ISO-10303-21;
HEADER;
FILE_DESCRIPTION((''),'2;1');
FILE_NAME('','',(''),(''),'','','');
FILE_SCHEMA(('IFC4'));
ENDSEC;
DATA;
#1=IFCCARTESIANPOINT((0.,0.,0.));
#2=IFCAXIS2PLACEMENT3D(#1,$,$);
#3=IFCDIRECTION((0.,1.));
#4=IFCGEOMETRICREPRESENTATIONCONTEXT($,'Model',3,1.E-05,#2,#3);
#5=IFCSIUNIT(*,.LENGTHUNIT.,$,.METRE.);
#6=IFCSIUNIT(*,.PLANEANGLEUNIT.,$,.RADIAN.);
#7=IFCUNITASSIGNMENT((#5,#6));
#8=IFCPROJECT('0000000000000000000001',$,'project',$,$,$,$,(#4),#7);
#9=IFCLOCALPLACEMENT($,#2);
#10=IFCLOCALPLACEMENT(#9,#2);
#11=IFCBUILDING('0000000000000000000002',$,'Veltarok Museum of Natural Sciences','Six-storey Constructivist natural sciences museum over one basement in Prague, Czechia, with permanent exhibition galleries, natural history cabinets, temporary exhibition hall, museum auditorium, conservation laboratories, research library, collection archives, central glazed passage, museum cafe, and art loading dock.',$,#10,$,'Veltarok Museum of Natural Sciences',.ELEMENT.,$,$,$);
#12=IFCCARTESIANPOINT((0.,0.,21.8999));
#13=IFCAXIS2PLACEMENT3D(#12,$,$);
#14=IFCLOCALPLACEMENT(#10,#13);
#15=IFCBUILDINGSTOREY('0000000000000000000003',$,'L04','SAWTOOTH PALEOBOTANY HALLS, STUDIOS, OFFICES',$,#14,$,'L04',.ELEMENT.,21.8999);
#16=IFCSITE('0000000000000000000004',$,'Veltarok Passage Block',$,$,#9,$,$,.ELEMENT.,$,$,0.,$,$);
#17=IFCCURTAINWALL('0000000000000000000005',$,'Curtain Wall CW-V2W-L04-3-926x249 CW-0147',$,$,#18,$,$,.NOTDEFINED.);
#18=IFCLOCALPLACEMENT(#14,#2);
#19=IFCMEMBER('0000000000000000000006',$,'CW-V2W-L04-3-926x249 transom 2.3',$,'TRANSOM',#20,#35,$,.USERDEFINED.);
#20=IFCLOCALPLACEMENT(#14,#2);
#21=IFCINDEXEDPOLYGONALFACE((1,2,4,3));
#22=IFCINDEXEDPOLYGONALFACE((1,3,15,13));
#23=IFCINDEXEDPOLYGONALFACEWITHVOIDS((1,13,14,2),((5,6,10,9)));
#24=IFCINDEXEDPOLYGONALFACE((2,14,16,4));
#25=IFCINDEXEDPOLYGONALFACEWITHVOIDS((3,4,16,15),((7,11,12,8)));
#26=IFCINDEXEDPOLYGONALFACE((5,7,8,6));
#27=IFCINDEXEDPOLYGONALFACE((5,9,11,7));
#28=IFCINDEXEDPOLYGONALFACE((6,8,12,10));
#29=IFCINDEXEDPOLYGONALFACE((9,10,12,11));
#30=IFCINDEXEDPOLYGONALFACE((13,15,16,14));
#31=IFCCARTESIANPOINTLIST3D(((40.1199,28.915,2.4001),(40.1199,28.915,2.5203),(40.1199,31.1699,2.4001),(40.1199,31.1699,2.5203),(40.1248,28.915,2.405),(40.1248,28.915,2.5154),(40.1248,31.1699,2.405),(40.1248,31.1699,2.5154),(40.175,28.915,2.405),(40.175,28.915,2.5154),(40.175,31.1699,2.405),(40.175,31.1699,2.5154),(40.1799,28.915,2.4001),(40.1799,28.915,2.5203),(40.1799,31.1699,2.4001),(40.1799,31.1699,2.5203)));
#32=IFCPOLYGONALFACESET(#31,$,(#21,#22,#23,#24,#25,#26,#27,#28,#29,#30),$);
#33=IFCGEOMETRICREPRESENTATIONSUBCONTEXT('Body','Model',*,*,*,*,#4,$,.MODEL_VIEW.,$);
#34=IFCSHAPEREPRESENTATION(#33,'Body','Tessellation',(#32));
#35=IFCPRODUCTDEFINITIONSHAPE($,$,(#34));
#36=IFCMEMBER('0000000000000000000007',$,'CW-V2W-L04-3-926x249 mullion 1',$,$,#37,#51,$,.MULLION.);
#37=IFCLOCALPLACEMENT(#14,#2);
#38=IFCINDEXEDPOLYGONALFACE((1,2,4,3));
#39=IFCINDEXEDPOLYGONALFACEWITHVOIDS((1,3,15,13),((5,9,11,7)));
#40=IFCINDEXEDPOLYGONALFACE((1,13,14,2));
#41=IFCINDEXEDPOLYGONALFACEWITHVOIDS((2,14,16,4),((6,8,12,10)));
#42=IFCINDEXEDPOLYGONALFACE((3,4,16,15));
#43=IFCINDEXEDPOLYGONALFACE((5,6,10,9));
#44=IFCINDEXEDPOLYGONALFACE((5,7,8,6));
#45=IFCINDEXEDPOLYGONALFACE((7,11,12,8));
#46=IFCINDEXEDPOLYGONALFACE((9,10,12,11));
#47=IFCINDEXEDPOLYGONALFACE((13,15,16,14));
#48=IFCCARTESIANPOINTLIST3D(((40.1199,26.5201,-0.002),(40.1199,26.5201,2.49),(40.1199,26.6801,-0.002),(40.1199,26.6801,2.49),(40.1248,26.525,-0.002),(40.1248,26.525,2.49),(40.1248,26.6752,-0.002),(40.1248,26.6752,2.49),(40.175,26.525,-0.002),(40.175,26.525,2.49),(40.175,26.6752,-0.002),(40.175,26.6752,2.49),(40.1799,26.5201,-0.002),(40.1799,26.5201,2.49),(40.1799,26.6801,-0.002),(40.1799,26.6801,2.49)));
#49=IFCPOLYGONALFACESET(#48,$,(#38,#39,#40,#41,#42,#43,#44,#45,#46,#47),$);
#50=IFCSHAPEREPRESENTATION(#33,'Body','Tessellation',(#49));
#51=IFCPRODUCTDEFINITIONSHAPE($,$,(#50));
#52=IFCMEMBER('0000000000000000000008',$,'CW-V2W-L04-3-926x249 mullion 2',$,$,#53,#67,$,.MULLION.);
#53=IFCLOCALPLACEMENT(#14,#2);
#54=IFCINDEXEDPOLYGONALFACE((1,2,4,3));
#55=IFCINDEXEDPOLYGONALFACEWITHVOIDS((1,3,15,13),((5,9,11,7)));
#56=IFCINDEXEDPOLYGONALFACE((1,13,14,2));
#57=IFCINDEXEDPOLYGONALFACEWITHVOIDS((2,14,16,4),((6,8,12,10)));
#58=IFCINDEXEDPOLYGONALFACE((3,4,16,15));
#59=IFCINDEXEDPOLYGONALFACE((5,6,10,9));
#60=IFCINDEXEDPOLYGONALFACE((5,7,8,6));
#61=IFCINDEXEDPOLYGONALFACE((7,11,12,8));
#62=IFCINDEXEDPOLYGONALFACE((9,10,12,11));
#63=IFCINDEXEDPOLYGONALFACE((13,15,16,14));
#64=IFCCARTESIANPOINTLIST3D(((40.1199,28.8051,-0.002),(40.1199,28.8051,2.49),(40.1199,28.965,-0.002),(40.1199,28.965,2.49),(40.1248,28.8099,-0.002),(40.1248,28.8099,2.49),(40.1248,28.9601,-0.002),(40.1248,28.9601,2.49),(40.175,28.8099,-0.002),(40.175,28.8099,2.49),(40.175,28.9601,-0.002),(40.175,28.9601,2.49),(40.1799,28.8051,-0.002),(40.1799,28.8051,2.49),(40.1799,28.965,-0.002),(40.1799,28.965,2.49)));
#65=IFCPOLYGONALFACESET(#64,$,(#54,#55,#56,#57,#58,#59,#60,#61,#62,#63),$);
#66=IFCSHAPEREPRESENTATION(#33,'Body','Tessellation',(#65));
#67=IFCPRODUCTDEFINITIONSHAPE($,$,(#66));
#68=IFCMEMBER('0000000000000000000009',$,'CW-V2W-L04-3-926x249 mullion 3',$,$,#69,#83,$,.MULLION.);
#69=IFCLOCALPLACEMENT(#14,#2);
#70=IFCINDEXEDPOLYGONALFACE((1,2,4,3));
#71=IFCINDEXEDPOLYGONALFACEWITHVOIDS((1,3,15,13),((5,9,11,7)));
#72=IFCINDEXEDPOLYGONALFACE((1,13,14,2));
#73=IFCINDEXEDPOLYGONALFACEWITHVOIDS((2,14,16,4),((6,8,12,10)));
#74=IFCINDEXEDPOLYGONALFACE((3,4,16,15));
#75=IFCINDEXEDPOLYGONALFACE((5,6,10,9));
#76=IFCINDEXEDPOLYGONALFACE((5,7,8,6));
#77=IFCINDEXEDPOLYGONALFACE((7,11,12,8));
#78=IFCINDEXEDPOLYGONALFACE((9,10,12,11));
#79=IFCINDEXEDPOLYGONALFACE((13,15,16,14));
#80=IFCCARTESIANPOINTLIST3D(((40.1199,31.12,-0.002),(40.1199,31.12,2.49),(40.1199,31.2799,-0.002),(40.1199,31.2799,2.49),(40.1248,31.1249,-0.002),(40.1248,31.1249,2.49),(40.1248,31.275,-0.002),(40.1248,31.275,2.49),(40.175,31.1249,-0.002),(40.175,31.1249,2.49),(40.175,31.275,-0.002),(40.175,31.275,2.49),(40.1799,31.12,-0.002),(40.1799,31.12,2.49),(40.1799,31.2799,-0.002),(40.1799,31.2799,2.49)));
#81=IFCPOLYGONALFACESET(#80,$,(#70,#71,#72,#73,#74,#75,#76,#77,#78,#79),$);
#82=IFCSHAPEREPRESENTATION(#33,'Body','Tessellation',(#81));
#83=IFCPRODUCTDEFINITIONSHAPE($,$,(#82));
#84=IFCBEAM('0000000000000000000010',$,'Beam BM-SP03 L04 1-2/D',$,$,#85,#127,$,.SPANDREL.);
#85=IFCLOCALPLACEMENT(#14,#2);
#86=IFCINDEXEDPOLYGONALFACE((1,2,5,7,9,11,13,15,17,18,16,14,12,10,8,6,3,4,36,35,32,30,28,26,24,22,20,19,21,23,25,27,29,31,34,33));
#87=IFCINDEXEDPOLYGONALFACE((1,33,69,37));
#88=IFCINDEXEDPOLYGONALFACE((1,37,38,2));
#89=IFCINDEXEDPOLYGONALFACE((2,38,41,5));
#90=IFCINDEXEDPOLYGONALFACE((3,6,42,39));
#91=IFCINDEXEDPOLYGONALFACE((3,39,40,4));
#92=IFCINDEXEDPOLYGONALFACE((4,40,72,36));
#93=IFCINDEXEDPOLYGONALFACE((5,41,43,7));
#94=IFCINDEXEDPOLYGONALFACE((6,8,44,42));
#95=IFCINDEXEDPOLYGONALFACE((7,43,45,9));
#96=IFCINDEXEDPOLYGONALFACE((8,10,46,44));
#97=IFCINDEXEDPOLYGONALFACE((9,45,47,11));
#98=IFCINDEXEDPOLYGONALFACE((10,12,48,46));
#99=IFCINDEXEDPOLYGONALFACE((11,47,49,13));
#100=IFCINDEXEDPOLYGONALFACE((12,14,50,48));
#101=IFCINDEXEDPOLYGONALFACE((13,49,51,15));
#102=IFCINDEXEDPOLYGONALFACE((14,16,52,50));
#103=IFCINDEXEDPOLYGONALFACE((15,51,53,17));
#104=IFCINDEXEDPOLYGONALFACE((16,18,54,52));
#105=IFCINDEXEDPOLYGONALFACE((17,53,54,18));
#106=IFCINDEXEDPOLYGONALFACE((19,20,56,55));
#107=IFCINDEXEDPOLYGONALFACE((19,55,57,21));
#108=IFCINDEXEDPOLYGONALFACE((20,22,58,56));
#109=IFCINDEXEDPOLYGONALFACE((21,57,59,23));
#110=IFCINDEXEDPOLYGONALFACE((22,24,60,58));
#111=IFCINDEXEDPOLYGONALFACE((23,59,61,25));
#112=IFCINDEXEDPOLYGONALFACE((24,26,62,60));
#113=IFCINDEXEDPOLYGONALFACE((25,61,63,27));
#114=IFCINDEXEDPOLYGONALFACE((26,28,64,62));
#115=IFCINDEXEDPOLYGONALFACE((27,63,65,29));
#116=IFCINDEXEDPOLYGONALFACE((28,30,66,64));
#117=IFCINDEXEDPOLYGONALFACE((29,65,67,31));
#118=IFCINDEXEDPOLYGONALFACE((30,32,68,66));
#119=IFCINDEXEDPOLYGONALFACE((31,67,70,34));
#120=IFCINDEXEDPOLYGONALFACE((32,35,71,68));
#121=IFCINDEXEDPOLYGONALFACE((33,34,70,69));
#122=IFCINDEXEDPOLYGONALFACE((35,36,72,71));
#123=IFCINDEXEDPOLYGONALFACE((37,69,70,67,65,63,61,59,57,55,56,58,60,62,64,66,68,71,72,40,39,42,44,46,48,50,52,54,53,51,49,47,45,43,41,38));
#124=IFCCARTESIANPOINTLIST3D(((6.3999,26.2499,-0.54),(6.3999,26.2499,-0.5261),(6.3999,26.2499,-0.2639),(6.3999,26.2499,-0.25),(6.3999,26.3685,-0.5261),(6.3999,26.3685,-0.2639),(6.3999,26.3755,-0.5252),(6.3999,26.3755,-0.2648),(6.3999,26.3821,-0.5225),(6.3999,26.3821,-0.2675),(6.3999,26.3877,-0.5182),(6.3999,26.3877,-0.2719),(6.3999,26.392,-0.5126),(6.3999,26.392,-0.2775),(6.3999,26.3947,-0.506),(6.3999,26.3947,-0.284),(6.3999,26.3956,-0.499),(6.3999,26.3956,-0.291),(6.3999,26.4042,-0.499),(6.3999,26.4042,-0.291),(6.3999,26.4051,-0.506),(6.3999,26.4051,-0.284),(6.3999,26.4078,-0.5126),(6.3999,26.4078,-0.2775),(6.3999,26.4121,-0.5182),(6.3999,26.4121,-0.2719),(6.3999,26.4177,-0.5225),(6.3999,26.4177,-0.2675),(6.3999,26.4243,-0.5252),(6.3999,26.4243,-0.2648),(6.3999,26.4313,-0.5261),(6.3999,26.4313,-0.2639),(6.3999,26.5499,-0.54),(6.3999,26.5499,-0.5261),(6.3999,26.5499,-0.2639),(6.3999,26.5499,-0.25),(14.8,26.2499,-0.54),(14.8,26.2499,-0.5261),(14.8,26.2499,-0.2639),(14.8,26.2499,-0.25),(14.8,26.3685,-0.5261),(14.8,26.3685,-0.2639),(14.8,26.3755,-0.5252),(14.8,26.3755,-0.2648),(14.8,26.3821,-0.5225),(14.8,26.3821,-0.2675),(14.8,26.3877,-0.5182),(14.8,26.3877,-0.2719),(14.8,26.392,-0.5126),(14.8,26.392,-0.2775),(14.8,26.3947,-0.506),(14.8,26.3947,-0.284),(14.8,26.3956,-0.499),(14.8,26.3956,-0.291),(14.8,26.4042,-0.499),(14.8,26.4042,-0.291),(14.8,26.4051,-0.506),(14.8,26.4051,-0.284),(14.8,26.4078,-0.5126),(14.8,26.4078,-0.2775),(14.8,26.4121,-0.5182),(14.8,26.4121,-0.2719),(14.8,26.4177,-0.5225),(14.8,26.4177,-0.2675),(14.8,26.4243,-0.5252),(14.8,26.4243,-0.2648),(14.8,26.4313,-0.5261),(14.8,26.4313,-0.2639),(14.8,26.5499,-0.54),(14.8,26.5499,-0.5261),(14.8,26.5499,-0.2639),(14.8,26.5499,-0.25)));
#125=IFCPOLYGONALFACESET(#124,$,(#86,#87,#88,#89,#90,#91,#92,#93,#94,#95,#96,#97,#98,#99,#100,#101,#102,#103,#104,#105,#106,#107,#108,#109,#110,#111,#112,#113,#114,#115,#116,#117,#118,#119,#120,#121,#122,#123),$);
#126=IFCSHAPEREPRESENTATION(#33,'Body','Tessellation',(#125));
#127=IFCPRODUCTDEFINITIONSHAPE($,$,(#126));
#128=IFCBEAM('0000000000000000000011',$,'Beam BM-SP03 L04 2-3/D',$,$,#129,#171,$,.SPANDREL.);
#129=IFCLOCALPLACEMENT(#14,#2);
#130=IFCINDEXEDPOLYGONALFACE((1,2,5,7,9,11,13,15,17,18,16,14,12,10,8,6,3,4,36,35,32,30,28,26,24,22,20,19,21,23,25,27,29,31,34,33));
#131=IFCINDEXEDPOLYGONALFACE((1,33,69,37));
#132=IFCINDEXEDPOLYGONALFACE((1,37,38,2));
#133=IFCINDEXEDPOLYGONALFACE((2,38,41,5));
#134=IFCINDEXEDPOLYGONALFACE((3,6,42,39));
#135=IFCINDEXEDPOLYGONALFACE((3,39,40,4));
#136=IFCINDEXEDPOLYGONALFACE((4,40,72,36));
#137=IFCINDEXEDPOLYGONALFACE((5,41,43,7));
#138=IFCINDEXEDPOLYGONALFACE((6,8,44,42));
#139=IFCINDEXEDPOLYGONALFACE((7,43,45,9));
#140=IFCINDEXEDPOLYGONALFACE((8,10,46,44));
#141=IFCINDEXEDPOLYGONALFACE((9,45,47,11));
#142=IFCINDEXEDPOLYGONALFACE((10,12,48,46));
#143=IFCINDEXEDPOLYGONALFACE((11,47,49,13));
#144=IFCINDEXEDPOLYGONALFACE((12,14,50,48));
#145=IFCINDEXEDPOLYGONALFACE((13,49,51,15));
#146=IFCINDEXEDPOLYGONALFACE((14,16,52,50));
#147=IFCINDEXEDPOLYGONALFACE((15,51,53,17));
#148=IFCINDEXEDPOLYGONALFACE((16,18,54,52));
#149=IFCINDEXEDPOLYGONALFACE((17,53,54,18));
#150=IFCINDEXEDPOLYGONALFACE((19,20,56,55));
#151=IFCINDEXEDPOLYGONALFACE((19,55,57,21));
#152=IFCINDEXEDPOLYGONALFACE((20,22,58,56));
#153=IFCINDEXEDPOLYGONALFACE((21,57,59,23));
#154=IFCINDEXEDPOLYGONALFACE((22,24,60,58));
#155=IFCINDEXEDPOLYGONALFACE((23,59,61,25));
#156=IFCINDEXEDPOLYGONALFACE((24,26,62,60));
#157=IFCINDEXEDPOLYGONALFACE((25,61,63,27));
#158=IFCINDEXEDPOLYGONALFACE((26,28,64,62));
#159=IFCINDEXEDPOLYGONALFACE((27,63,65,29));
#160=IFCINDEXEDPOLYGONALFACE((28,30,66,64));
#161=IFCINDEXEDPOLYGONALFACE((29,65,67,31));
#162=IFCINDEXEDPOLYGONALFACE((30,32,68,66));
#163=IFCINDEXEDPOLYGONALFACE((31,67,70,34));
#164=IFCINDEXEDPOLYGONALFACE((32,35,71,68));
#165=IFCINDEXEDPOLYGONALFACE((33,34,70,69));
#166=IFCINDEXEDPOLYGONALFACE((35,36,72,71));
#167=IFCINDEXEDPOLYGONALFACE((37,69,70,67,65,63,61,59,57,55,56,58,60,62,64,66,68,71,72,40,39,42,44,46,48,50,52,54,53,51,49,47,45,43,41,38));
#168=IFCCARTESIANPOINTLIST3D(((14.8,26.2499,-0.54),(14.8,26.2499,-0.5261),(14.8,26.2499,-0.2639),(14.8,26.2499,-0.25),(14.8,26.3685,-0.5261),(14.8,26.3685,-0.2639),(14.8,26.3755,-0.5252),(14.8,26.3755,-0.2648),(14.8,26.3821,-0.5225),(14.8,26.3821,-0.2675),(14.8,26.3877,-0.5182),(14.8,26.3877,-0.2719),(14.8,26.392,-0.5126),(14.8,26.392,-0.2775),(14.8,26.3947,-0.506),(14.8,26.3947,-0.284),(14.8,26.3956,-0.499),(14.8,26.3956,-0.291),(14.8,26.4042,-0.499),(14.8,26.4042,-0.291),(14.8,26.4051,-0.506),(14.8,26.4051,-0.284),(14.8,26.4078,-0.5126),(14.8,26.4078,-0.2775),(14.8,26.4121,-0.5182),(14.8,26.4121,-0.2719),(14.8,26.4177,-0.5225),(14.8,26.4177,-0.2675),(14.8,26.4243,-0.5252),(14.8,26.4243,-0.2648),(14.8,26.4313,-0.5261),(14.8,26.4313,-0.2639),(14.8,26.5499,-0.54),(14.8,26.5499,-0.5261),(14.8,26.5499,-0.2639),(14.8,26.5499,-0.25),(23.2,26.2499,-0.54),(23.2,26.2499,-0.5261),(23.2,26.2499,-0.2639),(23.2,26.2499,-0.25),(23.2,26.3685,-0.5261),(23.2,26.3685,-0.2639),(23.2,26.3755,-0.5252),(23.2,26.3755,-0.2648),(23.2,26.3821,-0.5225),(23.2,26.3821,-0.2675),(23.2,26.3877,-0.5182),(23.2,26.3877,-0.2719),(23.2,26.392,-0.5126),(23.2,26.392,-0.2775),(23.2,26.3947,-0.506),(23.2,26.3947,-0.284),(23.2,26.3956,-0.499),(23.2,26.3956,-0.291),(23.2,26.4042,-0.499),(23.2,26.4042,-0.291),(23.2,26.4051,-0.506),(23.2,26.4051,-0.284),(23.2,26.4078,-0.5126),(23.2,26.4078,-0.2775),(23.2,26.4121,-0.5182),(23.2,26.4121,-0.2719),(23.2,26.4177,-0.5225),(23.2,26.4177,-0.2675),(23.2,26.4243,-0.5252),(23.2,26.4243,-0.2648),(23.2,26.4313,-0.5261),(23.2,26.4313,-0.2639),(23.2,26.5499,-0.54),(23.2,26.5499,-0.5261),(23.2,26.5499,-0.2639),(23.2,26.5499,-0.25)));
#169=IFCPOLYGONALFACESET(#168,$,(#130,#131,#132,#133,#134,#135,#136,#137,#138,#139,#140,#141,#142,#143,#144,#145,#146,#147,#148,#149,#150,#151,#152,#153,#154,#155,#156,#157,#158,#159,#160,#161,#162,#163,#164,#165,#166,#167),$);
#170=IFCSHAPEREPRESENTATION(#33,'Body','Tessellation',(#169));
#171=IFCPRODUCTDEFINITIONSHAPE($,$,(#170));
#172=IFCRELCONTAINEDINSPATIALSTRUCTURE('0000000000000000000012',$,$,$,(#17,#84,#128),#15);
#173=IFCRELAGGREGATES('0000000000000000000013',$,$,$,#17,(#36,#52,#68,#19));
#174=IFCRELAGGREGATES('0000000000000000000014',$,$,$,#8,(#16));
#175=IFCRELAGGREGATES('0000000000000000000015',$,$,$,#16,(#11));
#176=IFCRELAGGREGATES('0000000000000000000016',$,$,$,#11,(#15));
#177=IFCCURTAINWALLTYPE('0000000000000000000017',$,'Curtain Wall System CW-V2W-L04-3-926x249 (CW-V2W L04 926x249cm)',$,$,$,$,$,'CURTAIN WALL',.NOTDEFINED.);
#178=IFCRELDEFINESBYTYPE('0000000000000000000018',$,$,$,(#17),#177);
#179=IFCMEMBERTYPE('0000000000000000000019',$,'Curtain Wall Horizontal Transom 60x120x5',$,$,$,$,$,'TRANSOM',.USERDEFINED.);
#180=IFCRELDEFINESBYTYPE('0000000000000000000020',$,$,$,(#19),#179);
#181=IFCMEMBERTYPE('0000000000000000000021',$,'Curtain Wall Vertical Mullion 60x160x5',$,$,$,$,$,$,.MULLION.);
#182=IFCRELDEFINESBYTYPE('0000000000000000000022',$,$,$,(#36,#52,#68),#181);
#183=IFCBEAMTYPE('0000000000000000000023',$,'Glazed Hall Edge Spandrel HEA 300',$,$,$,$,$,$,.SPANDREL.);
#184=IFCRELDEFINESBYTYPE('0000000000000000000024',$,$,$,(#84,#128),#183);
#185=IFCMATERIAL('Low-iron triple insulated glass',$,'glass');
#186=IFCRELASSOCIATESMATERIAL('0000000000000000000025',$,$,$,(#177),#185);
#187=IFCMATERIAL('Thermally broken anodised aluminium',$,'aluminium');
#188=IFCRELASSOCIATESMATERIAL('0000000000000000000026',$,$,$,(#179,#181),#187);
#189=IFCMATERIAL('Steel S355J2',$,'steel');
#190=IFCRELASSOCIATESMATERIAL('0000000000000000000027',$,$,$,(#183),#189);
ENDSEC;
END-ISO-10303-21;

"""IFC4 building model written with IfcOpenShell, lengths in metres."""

from ifc_helpers import new_model, si_unit, direction, frame, origin, origin_2d, place, context, subcontext, project, spatial, hollow_rectangle, i_section, extrude, material, material_profile, profile_set, type_object, element, aggregate, save


model = new_model("IFC4")

# Units and contexts
model_context = context("Model", 3, precision=1e-05, world=origin(), true_north=direction((0.0, 1.0)))
body_context = subcontext(model_context, "Body", "Model", "MODEL_VIEW")
ifc_project = project(units=[si_unit("LENGTHUNIT", "METRE"), si_unit("PLANEANGLEUNIT", "RADIAN")], contexts=[model_context])

# Site, building, storey
site_placement = place(None, origin())
site = spatial("IfcSite", under=ifc_project, at=site_placement, Name="Veltarok Passage Block", CompositionType="ELEMENT", RefElevation=0.0)
building_placement = place(site_placement, origin())
building = spatial("IfcBuilding", under=site, at=building_placement, Name="Veltarok Museum of Natural Sciences", Description="Six-storey Constructivist natural sciences museum over one basement in Prague, Czechia, with permanent exhibition galleries, natural history cabinets, temporary exhibition hall, museum auditorium, conservation laboratories, research library, collection archives, central glazed passage, museum cafe, and art loading dock.", LongName="Veltarok Museum of Natural Sciences", CompositionType="ELEMENT")
storey_placement = place(building_placement, frame((0.0, 0.0, 21.8999)))
storey = spatial("IfcBuildingStorey", under=building, at=storey_placement, Name="L04", Description="SAWTOOTH PALEOBOTANY HALLS, STUDIOS, OFFICES", LongName="L04", CompositionType="ELEMENT", Elevation=21.8999)

# Shared definitions
ifc_material_1 = material(Name="Steel S355J2", Category="steel")

# Curtain wall, members
ifc_material_2 = material(Name="Low-iron triple insulated glass", Category="glass")
curtain_wall_type = type_object("IfcCurtainWallType", Name="Curtain Wall System CW-V2W-L04-3-926x249 (CW-V2W L04 926x249cm)", ElementType="CURTAIN WALL", PredefinedType="NOTDEFINED", material=ifc_material_2)
curtain_wall_placement = place(storey_placement, origin())
curtain_wall = element("IfcCurtainWall", 1, at=curtain_wall_placement, inside=storey, type_object=curtain_wall_type, Name="Curtain Wall CW-V2W-L04-3-926x249 CW-0147", PredefinedType="NOTDEFINED")
ifc_material_3 = material(Name="Thermally broken anodised aluminium", Category="aluminium")
ifc_material_profile_1 = material_profile(ifc_material_3, hollow_rectangle(XDim=0.0601, YDim=0.1201, WallThickness=0.0049, at=origin_2d()), Name="CW TRANSOM 60x120x5")
ifc_profile_set_1 = profile_set([ifc_material_profile_1], Name="Thermally broken anodised aluminium")
member_type_1 = type_object("IfcMemberType", Name="Curtain Wall Horizontal Transom 60x120x5", ElementType="TRANSOM", PredefinedType="USERDEFINED", material=ifc_profile_set_1)
member_1_placement = place(storey_placement, frame((40.1499, 28.915, 2.4602), z_axis=(0.0, 1.0, 0.0), x_axis=(-1.0, 0.0, 0.0)))
member_1 = element("IfcMember", 2, at=member_1_placement, type_object=member_type_1, Name="CW-V2W-L04-3-926x249 transom 2.3", ObjectType="TRANSOM", PredefinedType="USERDEFINED", context=body_context, shape_type="SweptSolid", body=[
    extrude(hollow_rectangle(XDim=0.0601, YDim=0.1201, WallThickness=0.0049, at=origin_2d()), origin(), (0.0, 0.0, 1.0), 2.2549),
])
ifc_material_profile_2 = material_profile(ifc_material_3, hollow_rectangle(XDim=0.0601, YDim=0.1599, WallThickness=0.0049, at=origin_2d()), Name="CW MULLION 60x160x5")
ifc_profile_set_2 = profile_set([ifc_material_profile_2], Name="Thermally broken anodised aluminium")
member_type_2 = type_object("IfcMemberType", Name="Curtain Wall Vertical Mullion 60x160x5", PredefinedType="MULLION", material=ifc_profile_set_2)
member_2_placement = place(storey_placement, frame((40.1499, 26.6001, -0.002), z_axis=(0.0, 0.0, 1.0), x_axis=(-1.0, 0.0, 0.0)))
member_2 = element("IfcMember", 3, at=member_2_placement, type_object=member_type_2, Name="CW-V2W-L04-3-926x249 mullion 1", PredefinedType="MULLION", context=body_context, shape_type="SweptSolid", body=[
    extrude(hollow_rectangle(XDim=0.0601, YDim=0.1599, WallThickness=0.0049, at=origin_2d()), origin(), (0.0, 0.0, 1.0), 2.4919),
])
member_3_placement = place(storey_placement, frame((40.1499, 28.885, -0.002), z_axis=(0.0, 0.0, 1.0), x_axis=(-1.0, 0.0, 0.0)))
member_3 = element("IfcMember", 4, at=member_3_placement, type_object=member_type_2, Name="CW-V2W-L04-3-926x249 mullion 2", PredefinedType="MULLION", context=body_context, shape_type="SweptSolid", body=[
    extrude(hollow_rectangle(XDim=0.0601, YDim=0.1599, WallThickness=0.0049, at=origin_2d()), origin(), (0.0, 0.0, 1.0), 2.4919),
])
member_4_placement = place(storey_placement, frame((40.1499, 31.2, -0.002), z_axis=(0.0, 0.0, 1.0), x_axis=(-1.0, 0.0, 0.0)))
member_4 = element("IfcMember", 5, at=member_4_placement, type_object=member_type_2, Name="CW-V2W-L04-3-926x249 mullion 3", PredefinedType="MULLION", context=body_context, shape_type="SweptSolid", body=[
    extrude(hollow_rectangle(XDim=0.0601, YDim=0.1599, WallThickness=0.0049, at=origin_2d()), origin(), (0.0, 0.0, 1.0), 2.4919),
])

# Beams
ifc_material_profile_3 = material_profile(ifc_material_1, i_section(OverallWidth=0.3, OverallDepth=0.29, WebThickness=0.0085, FlangeThickness=0.0139, FilletRadius=0.0271, at=origin_2d()), Name="HEA 300")
ifc_profile_set_3 = profile_set([ifc_material_profile_3], Name="Steel S355J2")
beam_type_1 = type_object("IfcBeamType", Name="Glazed Hall Edge Spandrel HEA 300", PredefinedType="SPANDREL", material=ifc_profile_set_3)
beam_1_placement = place(storey_placement, frame((6.3999, 26.3999, -0.395), z_axis=(1.0, 0.0, 0.0), x_axis=(0.0, 1.0, 0.0)))
element("IfcBeam", 6, at=beam_1_placement, inside=storey, type_object=beam_type_1, Name="Beam BM-SP03 L04 1-2/D", PredefinedType="SPANDREL", context=body_context, shape_type="SweptSolid", body=[
    extrude(i_section(OverallWidth=0.3, OverallDepth=0.29, WebThickness=0.0085, FlangeThickness=0.0139, FilletRadius=0.0271, at=origin_2d()), origin(), (0.0, 0.0, 1.0), 8.4001),
])
beam_2_placement = place(storey_placement, frame((14.8, 26.3999, -0.395), z_axis=(1.0, 0.0, 0.0), x_axis=(0.0, 1.0, 0.0)))
element("IfcBeam", 7, at=beam_2_placement, inside=storey, type_object=beam_type_1, Name="Beam BM-SP03 L04 2-3/D", PredefinedType="SPANDREL", context=body_context, shape_type="SweptSolid", body=[
    extrude(i_section(OverallWidth=0.3, OverallDepth=0.29, WebThickness=0.0085, FlangeThickness=0.0139, FilletRadius=0.0271, at=origin_2d()), origin(), (0.0, 0.0, 1.0), 8.3999),
])

aggregate(curtain_wall, [member_2, member_3, member_4, member_1])

save(model, "model.ifc")
